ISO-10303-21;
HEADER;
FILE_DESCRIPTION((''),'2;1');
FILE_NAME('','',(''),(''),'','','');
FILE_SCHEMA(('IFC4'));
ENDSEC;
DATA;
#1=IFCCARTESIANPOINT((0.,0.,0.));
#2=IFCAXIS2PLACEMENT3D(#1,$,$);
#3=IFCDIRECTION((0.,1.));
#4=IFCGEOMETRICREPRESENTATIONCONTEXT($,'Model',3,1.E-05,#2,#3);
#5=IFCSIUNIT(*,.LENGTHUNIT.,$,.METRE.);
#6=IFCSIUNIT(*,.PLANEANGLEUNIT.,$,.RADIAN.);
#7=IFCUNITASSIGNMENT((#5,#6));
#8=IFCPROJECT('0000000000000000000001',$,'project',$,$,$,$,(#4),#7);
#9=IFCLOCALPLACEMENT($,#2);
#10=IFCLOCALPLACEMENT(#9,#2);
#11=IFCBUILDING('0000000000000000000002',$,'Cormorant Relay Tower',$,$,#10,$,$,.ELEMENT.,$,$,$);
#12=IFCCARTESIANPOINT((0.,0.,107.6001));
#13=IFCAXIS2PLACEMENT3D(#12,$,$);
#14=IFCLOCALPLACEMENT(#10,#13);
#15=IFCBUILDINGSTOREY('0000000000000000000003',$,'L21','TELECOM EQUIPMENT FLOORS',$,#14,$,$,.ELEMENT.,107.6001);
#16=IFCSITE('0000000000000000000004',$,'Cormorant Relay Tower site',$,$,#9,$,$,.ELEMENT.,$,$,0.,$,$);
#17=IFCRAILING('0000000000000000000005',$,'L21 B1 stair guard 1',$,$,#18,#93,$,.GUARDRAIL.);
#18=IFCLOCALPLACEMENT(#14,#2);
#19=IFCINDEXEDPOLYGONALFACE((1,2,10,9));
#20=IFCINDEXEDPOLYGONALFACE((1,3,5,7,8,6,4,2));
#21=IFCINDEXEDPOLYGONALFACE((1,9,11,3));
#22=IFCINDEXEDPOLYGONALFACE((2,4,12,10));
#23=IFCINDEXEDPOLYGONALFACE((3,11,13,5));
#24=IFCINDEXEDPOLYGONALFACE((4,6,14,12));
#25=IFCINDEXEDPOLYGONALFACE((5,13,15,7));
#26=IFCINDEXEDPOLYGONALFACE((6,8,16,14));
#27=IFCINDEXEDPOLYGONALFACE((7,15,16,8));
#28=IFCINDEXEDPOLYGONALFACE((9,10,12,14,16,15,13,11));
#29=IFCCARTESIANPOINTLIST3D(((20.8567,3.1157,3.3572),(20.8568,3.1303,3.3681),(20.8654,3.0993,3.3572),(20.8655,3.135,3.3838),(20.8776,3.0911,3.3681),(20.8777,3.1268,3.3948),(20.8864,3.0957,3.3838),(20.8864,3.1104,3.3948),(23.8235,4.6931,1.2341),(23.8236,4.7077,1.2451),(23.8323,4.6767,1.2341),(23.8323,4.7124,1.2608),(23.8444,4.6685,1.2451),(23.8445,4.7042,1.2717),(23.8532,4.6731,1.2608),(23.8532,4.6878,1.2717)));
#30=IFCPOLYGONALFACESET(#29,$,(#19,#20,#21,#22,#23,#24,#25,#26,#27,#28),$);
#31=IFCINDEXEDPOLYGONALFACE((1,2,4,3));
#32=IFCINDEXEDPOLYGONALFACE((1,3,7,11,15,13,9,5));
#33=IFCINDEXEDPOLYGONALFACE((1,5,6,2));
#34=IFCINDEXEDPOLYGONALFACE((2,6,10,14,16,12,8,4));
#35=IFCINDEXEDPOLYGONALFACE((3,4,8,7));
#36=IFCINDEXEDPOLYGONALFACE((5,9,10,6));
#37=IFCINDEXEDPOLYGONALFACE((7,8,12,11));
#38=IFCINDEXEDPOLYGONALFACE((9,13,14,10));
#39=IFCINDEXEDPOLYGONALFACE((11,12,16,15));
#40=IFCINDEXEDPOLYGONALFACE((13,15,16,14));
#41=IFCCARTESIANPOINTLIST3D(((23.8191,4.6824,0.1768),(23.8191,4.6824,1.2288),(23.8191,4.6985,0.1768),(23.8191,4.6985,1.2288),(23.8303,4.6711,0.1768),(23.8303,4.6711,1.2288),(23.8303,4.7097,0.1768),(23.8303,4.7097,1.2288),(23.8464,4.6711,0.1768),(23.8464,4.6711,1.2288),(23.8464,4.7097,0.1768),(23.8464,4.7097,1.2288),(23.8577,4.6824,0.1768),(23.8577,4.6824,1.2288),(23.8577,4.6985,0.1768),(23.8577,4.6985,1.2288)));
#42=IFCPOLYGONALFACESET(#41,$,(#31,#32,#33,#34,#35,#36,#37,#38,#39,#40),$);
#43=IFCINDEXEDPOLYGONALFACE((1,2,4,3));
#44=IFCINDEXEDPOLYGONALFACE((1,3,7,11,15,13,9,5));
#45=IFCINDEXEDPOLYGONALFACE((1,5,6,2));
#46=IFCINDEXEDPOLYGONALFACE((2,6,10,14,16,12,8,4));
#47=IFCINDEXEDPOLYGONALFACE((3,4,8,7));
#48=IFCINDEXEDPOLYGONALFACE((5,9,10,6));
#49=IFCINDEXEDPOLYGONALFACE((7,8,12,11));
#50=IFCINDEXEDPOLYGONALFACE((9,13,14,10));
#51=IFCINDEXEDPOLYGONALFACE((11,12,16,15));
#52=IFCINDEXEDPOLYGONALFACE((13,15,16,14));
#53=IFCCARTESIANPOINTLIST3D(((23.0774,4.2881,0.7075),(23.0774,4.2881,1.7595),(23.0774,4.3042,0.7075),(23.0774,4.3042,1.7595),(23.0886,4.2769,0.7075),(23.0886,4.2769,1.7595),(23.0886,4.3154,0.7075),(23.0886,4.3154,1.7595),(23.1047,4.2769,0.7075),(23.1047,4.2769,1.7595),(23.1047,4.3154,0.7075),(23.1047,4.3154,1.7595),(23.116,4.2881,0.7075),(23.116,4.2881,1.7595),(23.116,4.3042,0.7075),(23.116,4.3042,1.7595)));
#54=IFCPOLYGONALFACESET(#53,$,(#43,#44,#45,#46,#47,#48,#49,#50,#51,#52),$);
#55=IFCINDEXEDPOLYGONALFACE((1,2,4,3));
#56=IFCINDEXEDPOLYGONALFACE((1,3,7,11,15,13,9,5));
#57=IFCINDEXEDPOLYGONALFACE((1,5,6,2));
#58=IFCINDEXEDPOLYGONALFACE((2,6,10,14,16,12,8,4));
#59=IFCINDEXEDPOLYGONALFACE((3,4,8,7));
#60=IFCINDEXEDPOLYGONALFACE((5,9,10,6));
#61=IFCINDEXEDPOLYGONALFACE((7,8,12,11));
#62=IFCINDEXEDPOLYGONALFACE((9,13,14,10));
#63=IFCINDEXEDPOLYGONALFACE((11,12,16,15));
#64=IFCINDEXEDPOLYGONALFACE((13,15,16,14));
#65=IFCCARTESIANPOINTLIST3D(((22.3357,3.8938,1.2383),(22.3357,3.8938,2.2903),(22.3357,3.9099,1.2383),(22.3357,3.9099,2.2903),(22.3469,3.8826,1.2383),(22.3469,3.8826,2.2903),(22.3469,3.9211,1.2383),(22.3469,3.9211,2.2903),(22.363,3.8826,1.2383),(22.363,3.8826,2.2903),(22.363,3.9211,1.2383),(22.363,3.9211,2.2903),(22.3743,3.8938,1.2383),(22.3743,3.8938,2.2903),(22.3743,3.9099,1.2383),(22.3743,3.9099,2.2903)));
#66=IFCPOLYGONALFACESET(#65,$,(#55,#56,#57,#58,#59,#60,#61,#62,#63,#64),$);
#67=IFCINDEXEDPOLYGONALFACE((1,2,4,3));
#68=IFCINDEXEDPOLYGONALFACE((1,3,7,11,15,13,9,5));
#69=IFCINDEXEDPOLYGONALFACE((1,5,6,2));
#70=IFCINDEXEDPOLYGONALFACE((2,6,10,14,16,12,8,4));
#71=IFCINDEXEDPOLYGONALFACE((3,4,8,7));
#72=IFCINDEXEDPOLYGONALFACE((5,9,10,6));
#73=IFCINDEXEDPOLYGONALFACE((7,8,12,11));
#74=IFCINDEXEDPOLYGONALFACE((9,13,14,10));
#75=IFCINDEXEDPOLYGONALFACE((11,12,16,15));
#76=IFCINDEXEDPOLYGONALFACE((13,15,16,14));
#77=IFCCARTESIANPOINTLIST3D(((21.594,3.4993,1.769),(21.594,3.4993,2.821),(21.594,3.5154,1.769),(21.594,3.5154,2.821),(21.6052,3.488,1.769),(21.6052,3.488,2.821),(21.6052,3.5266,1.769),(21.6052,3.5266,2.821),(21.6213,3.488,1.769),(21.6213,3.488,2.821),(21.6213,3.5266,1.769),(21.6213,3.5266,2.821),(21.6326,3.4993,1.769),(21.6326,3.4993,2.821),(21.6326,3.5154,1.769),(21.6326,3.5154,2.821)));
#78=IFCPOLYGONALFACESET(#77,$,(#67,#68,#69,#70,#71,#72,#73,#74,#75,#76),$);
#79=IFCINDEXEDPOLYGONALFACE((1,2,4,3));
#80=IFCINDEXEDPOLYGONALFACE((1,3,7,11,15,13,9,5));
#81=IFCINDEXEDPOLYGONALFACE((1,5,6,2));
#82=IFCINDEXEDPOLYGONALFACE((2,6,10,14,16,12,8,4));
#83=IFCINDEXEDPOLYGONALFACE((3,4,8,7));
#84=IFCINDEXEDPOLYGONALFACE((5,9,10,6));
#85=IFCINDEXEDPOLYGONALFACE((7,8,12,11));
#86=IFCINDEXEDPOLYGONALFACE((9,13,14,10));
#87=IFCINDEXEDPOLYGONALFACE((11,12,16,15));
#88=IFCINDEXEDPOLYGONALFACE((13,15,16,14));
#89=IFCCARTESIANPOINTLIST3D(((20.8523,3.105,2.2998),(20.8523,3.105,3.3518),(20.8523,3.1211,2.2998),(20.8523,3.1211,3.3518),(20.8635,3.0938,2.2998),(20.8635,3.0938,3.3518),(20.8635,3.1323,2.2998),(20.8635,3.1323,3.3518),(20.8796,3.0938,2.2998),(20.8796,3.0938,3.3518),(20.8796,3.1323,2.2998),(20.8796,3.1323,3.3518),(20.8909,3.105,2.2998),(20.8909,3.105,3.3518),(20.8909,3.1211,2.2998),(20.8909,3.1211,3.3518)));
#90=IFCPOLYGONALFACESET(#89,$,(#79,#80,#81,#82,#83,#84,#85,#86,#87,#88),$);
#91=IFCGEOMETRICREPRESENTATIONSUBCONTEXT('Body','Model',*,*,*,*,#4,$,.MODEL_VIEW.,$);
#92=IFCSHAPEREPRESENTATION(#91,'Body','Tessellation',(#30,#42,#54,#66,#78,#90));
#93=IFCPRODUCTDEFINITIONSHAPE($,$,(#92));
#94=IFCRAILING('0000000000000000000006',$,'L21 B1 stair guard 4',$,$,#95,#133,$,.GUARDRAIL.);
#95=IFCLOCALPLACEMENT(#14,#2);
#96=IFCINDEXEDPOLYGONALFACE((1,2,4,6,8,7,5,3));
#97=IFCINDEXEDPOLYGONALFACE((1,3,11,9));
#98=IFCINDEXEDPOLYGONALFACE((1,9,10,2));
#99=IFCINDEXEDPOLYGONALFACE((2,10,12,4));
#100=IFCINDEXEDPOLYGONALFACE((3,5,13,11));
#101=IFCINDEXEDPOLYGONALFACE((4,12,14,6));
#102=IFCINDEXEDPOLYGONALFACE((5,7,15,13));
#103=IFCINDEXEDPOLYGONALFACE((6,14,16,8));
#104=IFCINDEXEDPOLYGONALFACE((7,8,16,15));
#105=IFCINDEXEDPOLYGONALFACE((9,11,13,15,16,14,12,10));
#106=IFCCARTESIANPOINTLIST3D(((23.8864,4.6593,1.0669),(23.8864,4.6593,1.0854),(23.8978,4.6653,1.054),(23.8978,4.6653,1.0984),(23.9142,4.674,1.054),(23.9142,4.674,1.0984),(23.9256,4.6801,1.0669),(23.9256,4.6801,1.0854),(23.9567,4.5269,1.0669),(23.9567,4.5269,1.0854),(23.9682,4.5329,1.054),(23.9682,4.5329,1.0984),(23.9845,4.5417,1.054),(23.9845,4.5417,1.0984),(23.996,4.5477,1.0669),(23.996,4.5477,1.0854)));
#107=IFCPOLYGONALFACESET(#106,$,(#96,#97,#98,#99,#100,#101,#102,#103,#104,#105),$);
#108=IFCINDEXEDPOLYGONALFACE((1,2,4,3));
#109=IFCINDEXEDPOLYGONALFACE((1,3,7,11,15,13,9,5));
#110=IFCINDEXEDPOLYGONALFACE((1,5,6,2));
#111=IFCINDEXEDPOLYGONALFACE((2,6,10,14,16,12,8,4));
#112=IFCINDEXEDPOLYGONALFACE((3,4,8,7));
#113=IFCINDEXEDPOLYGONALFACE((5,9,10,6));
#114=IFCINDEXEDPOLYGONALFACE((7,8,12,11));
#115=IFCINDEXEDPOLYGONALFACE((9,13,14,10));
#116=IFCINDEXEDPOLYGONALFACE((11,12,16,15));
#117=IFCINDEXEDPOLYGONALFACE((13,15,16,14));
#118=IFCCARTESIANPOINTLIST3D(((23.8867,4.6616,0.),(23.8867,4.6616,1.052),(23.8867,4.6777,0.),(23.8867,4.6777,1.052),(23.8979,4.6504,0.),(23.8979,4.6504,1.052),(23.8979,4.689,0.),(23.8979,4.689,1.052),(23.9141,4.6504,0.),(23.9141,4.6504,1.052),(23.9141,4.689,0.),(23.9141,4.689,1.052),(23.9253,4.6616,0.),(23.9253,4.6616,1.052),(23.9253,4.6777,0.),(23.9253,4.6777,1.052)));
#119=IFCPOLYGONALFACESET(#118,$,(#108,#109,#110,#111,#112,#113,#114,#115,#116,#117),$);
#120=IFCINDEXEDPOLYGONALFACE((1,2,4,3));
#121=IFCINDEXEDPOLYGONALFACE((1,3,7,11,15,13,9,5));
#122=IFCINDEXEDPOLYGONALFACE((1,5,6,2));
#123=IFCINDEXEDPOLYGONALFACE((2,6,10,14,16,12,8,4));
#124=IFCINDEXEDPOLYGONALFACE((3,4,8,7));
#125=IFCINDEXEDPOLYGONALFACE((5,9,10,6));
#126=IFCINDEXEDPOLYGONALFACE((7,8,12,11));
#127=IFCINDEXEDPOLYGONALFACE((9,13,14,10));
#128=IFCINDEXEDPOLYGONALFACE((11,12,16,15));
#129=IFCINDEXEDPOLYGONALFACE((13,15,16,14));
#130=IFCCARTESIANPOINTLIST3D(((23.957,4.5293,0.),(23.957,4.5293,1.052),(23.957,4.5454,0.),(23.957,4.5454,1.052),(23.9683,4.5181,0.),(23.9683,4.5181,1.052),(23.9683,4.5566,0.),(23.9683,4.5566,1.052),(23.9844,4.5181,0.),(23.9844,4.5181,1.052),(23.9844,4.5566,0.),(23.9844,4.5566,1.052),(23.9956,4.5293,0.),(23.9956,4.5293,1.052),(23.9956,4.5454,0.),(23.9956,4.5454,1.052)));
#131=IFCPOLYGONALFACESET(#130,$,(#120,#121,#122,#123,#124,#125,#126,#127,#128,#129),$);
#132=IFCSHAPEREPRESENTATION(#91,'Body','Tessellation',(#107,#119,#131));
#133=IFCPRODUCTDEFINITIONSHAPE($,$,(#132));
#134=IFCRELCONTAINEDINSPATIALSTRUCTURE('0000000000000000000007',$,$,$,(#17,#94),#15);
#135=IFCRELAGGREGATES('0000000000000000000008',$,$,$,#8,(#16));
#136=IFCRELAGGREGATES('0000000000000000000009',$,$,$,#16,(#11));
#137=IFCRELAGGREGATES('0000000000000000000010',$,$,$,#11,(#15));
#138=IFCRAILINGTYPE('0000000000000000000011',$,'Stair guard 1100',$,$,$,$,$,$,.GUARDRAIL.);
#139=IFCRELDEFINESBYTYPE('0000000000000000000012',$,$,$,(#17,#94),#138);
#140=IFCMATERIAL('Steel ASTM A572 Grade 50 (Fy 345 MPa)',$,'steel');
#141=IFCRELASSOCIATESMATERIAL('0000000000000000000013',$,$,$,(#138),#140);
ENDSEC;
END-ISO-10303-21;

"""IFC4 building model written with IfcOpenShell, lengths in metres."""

from ifc_helpers import new_model, si_unit, direction, frame, origin, place, context, subcontext, project, spatial, polyline, outline, extrude, material, type_object, element, save


model = new_model("IFC4")

# Units and contexts
model_context = context("Model", 3, precision=1e-05, world=origin(), true_north=direction((0.0, 1.0)))
body_context = subcontext(model_context, "Body", "Model", "MODEL_VIEW")
ifc_project = project(units=[si_unit("LENGTHUNIT", "METRE"), si_unit("PLANEANGLEUNIT", "RADIAN")], contexts=[model_context])

# Site, building, storey
site_placement = place(None, origin())
site = spatial("IfcSite", under=ifc_project, at=site_placement, Name="Cormorant Relay Tower site", CompositionType="ELEMENT", RefElevation=0.0)
building_placement = place(site_placement, origin())
building = spatial("IfcBuilding", under=site, at=building_placement, Name="Cormorant Relay Tower", CompositionType="ELEMENT")
storey_placement = place(building_placement, frame((0.0, 0.0, 107.6001)))
storey = spatial("IfcBuildingStorey", under=building, at=storey_placement, Name="L21", Description="TELECOM EQUIPMENT FLOORS", CompositionType="ELEMENT", Elevation=107.6001)

# Railings
ifc_material_1 = material(Name="Steel ASTM A572 Grade 50 (Fy 345 MPa)", Category="steel")
railing_type_1 = type_object("IfcRailingType", Name="Stair guard 1100", PredefinedType="GUARDRAIL", material=ifc_material_1)
railing_1_placement = place(storey_placement, frame((23.8384, 4.6904, 0.1768)))
element("IfcRailing", 1, at=railing_1_placement, inside=storey, type_object=railing_type_1, Name="L21 B1 stair guard 1", PredefinedType="GUARDRAIL", context=body_context, shape_type="SweptSolid", body=[
    extrude(outline(polyline([(0.0222, 0.0093), (0.0093, 0.0222), (-0.0093, 0.0222), (-0.0222, 0.0093), (-0.0222, -0.0093), (-0.0093, -0.0222), (0.0093, -0.0222), (0.0222, -0.0093), (0.0222, 0.0093)])), frame((0.0, 0.0, 1.0762), z_axis=(-0.746441, -0.396869, 0.534155), x_axis=(0.469453, -0.882958, 0.0)), (0.0, 0.0, 1.0), 3.9746),
    extrude(outline(polyline([(0.0193, 0.0081), (0.0081, 0.0193), (-0.0081, 0.0193), (-0.0193, 0.0081), (-0.0193, -0.0081), (-0.0081, -0.0193), (0.0081, -0.0193), (0.0193, -0.0081), (0.0193, 0.0081)])), origin(), (0.0, 0.0, 1.0), 1.052),
    extrude(outline(polyline([(0.0193, 0.0081), (0.0081, 0.0193), (-0.0081, 0.0193), (-0.0193, 0.0081), (-0.0193, -0.0081), (-0.0081, -0.0193), (0.0081, -0.0193), (0.0193, -0.0081), (0.0193, 0.0081)])), frame((-0.7417, -0.3943, 0.5308)), (0.0, 0.0, 1.0), 1.052),
    extrude(outline(polyline([(0.0193, 0.0081), (0.0081, 0.0193), (-0.0081, 0.0193), (-0.0193, 0.0081), (-0.0193, -0.0081), (-0.0081, -0.0193), (0.0081, -0.0193), (0.0193, -0.0081), (0.0193, 0.0081)])), frame((-1.4834, -0.7886, 1.0615)), (0.0, 0.0, 1.0), 1.052),
    extrude(outline(polyline([(0.0193, 0.0081), (0.0081, 0.0193), (-0.0081, 0.0193), (-0.0193, 0.0081), (-0.0193, -0.0081), (-0.0081, -0.0193), (0.0081, -0.0193), (0.0193, -0.0081), (0.0193, 0.0081)])), frame((-2.2251, -1.1831, 1.5923)), (0.0, 0.0, 1.0), 1.052),
    extrude(outline(polyline([(0.0193, 0.0081), (0.0081, 0.0193), (-0.0081, 0.0193), (-0.0193, 0.0081), (-0.0193, -0.0081), (-0.0081, -0.0193), (0.0081, -0.0193), (0.0193, -0.0081), (0.0193, 0.0081)])), frame((-2.9668, -1.5774, 2.123)), (0.0, 0.0, 1.0), 1.052),
])
railing_2_placement = place(storey_placement, frame((23.906, 4.6697, 0.0)))
element("IfcRailing", 2, at=railing_2_placement, inside=storey, type_object=railing_type_1, Name="L21 B1 stair guard 4", PredefinedType="GUARDRAIL", context=body_context, shape_type="SweptSolid", body=[
    extrude(outline(polyline([(0.0222, 0.0093), (0.0093, 0.0222), (-0.0093, 0.0222), (-0.0222, 0.0093), (-0.0222, -0.0093), (-0.0093, -0.0222), (0.0093, -0.0222), (0.0222, -0.0093), (0.0222, 0.0093)])), frame((0.0, 0.0, 1.0762), z_axis=(0.469235, -0.883074, 0.0), x_axis=(0.883074, 0.469235, 0.0)), (0.0, 0.0, 1.0), 0.1499),
    extrude(outline(polyline([(0.0193, 0.0081), (0.0081, 0.0193), (-0.0081, 0.0193), (-0.0193, 0.0081), (-0.0193, -0.0081), (-0.0081, -0.0193), (0.0081, -0.0193), (0.0193, -0.0081), (0.0193, 0.0081)])), origin(), (0.0, 0.0, 1.0), 1.052),
    extrude(outline(polyline([(0.0193, 0.0081), (0.0081, 0.0193), (-0.0081, 0.0193), (-0.0193, 0.0081), (-0.0193, -0.0081), (-0.0081, -0.0193), (0.0081, -0.0193), (0.0193, -0.0081), (0.0193, 0.0081)])), frame((0.0703, -0.1323, 0.0)), (0.0, 0.0, 1.0), 1.052),
])

save(model, "model.ifc")
